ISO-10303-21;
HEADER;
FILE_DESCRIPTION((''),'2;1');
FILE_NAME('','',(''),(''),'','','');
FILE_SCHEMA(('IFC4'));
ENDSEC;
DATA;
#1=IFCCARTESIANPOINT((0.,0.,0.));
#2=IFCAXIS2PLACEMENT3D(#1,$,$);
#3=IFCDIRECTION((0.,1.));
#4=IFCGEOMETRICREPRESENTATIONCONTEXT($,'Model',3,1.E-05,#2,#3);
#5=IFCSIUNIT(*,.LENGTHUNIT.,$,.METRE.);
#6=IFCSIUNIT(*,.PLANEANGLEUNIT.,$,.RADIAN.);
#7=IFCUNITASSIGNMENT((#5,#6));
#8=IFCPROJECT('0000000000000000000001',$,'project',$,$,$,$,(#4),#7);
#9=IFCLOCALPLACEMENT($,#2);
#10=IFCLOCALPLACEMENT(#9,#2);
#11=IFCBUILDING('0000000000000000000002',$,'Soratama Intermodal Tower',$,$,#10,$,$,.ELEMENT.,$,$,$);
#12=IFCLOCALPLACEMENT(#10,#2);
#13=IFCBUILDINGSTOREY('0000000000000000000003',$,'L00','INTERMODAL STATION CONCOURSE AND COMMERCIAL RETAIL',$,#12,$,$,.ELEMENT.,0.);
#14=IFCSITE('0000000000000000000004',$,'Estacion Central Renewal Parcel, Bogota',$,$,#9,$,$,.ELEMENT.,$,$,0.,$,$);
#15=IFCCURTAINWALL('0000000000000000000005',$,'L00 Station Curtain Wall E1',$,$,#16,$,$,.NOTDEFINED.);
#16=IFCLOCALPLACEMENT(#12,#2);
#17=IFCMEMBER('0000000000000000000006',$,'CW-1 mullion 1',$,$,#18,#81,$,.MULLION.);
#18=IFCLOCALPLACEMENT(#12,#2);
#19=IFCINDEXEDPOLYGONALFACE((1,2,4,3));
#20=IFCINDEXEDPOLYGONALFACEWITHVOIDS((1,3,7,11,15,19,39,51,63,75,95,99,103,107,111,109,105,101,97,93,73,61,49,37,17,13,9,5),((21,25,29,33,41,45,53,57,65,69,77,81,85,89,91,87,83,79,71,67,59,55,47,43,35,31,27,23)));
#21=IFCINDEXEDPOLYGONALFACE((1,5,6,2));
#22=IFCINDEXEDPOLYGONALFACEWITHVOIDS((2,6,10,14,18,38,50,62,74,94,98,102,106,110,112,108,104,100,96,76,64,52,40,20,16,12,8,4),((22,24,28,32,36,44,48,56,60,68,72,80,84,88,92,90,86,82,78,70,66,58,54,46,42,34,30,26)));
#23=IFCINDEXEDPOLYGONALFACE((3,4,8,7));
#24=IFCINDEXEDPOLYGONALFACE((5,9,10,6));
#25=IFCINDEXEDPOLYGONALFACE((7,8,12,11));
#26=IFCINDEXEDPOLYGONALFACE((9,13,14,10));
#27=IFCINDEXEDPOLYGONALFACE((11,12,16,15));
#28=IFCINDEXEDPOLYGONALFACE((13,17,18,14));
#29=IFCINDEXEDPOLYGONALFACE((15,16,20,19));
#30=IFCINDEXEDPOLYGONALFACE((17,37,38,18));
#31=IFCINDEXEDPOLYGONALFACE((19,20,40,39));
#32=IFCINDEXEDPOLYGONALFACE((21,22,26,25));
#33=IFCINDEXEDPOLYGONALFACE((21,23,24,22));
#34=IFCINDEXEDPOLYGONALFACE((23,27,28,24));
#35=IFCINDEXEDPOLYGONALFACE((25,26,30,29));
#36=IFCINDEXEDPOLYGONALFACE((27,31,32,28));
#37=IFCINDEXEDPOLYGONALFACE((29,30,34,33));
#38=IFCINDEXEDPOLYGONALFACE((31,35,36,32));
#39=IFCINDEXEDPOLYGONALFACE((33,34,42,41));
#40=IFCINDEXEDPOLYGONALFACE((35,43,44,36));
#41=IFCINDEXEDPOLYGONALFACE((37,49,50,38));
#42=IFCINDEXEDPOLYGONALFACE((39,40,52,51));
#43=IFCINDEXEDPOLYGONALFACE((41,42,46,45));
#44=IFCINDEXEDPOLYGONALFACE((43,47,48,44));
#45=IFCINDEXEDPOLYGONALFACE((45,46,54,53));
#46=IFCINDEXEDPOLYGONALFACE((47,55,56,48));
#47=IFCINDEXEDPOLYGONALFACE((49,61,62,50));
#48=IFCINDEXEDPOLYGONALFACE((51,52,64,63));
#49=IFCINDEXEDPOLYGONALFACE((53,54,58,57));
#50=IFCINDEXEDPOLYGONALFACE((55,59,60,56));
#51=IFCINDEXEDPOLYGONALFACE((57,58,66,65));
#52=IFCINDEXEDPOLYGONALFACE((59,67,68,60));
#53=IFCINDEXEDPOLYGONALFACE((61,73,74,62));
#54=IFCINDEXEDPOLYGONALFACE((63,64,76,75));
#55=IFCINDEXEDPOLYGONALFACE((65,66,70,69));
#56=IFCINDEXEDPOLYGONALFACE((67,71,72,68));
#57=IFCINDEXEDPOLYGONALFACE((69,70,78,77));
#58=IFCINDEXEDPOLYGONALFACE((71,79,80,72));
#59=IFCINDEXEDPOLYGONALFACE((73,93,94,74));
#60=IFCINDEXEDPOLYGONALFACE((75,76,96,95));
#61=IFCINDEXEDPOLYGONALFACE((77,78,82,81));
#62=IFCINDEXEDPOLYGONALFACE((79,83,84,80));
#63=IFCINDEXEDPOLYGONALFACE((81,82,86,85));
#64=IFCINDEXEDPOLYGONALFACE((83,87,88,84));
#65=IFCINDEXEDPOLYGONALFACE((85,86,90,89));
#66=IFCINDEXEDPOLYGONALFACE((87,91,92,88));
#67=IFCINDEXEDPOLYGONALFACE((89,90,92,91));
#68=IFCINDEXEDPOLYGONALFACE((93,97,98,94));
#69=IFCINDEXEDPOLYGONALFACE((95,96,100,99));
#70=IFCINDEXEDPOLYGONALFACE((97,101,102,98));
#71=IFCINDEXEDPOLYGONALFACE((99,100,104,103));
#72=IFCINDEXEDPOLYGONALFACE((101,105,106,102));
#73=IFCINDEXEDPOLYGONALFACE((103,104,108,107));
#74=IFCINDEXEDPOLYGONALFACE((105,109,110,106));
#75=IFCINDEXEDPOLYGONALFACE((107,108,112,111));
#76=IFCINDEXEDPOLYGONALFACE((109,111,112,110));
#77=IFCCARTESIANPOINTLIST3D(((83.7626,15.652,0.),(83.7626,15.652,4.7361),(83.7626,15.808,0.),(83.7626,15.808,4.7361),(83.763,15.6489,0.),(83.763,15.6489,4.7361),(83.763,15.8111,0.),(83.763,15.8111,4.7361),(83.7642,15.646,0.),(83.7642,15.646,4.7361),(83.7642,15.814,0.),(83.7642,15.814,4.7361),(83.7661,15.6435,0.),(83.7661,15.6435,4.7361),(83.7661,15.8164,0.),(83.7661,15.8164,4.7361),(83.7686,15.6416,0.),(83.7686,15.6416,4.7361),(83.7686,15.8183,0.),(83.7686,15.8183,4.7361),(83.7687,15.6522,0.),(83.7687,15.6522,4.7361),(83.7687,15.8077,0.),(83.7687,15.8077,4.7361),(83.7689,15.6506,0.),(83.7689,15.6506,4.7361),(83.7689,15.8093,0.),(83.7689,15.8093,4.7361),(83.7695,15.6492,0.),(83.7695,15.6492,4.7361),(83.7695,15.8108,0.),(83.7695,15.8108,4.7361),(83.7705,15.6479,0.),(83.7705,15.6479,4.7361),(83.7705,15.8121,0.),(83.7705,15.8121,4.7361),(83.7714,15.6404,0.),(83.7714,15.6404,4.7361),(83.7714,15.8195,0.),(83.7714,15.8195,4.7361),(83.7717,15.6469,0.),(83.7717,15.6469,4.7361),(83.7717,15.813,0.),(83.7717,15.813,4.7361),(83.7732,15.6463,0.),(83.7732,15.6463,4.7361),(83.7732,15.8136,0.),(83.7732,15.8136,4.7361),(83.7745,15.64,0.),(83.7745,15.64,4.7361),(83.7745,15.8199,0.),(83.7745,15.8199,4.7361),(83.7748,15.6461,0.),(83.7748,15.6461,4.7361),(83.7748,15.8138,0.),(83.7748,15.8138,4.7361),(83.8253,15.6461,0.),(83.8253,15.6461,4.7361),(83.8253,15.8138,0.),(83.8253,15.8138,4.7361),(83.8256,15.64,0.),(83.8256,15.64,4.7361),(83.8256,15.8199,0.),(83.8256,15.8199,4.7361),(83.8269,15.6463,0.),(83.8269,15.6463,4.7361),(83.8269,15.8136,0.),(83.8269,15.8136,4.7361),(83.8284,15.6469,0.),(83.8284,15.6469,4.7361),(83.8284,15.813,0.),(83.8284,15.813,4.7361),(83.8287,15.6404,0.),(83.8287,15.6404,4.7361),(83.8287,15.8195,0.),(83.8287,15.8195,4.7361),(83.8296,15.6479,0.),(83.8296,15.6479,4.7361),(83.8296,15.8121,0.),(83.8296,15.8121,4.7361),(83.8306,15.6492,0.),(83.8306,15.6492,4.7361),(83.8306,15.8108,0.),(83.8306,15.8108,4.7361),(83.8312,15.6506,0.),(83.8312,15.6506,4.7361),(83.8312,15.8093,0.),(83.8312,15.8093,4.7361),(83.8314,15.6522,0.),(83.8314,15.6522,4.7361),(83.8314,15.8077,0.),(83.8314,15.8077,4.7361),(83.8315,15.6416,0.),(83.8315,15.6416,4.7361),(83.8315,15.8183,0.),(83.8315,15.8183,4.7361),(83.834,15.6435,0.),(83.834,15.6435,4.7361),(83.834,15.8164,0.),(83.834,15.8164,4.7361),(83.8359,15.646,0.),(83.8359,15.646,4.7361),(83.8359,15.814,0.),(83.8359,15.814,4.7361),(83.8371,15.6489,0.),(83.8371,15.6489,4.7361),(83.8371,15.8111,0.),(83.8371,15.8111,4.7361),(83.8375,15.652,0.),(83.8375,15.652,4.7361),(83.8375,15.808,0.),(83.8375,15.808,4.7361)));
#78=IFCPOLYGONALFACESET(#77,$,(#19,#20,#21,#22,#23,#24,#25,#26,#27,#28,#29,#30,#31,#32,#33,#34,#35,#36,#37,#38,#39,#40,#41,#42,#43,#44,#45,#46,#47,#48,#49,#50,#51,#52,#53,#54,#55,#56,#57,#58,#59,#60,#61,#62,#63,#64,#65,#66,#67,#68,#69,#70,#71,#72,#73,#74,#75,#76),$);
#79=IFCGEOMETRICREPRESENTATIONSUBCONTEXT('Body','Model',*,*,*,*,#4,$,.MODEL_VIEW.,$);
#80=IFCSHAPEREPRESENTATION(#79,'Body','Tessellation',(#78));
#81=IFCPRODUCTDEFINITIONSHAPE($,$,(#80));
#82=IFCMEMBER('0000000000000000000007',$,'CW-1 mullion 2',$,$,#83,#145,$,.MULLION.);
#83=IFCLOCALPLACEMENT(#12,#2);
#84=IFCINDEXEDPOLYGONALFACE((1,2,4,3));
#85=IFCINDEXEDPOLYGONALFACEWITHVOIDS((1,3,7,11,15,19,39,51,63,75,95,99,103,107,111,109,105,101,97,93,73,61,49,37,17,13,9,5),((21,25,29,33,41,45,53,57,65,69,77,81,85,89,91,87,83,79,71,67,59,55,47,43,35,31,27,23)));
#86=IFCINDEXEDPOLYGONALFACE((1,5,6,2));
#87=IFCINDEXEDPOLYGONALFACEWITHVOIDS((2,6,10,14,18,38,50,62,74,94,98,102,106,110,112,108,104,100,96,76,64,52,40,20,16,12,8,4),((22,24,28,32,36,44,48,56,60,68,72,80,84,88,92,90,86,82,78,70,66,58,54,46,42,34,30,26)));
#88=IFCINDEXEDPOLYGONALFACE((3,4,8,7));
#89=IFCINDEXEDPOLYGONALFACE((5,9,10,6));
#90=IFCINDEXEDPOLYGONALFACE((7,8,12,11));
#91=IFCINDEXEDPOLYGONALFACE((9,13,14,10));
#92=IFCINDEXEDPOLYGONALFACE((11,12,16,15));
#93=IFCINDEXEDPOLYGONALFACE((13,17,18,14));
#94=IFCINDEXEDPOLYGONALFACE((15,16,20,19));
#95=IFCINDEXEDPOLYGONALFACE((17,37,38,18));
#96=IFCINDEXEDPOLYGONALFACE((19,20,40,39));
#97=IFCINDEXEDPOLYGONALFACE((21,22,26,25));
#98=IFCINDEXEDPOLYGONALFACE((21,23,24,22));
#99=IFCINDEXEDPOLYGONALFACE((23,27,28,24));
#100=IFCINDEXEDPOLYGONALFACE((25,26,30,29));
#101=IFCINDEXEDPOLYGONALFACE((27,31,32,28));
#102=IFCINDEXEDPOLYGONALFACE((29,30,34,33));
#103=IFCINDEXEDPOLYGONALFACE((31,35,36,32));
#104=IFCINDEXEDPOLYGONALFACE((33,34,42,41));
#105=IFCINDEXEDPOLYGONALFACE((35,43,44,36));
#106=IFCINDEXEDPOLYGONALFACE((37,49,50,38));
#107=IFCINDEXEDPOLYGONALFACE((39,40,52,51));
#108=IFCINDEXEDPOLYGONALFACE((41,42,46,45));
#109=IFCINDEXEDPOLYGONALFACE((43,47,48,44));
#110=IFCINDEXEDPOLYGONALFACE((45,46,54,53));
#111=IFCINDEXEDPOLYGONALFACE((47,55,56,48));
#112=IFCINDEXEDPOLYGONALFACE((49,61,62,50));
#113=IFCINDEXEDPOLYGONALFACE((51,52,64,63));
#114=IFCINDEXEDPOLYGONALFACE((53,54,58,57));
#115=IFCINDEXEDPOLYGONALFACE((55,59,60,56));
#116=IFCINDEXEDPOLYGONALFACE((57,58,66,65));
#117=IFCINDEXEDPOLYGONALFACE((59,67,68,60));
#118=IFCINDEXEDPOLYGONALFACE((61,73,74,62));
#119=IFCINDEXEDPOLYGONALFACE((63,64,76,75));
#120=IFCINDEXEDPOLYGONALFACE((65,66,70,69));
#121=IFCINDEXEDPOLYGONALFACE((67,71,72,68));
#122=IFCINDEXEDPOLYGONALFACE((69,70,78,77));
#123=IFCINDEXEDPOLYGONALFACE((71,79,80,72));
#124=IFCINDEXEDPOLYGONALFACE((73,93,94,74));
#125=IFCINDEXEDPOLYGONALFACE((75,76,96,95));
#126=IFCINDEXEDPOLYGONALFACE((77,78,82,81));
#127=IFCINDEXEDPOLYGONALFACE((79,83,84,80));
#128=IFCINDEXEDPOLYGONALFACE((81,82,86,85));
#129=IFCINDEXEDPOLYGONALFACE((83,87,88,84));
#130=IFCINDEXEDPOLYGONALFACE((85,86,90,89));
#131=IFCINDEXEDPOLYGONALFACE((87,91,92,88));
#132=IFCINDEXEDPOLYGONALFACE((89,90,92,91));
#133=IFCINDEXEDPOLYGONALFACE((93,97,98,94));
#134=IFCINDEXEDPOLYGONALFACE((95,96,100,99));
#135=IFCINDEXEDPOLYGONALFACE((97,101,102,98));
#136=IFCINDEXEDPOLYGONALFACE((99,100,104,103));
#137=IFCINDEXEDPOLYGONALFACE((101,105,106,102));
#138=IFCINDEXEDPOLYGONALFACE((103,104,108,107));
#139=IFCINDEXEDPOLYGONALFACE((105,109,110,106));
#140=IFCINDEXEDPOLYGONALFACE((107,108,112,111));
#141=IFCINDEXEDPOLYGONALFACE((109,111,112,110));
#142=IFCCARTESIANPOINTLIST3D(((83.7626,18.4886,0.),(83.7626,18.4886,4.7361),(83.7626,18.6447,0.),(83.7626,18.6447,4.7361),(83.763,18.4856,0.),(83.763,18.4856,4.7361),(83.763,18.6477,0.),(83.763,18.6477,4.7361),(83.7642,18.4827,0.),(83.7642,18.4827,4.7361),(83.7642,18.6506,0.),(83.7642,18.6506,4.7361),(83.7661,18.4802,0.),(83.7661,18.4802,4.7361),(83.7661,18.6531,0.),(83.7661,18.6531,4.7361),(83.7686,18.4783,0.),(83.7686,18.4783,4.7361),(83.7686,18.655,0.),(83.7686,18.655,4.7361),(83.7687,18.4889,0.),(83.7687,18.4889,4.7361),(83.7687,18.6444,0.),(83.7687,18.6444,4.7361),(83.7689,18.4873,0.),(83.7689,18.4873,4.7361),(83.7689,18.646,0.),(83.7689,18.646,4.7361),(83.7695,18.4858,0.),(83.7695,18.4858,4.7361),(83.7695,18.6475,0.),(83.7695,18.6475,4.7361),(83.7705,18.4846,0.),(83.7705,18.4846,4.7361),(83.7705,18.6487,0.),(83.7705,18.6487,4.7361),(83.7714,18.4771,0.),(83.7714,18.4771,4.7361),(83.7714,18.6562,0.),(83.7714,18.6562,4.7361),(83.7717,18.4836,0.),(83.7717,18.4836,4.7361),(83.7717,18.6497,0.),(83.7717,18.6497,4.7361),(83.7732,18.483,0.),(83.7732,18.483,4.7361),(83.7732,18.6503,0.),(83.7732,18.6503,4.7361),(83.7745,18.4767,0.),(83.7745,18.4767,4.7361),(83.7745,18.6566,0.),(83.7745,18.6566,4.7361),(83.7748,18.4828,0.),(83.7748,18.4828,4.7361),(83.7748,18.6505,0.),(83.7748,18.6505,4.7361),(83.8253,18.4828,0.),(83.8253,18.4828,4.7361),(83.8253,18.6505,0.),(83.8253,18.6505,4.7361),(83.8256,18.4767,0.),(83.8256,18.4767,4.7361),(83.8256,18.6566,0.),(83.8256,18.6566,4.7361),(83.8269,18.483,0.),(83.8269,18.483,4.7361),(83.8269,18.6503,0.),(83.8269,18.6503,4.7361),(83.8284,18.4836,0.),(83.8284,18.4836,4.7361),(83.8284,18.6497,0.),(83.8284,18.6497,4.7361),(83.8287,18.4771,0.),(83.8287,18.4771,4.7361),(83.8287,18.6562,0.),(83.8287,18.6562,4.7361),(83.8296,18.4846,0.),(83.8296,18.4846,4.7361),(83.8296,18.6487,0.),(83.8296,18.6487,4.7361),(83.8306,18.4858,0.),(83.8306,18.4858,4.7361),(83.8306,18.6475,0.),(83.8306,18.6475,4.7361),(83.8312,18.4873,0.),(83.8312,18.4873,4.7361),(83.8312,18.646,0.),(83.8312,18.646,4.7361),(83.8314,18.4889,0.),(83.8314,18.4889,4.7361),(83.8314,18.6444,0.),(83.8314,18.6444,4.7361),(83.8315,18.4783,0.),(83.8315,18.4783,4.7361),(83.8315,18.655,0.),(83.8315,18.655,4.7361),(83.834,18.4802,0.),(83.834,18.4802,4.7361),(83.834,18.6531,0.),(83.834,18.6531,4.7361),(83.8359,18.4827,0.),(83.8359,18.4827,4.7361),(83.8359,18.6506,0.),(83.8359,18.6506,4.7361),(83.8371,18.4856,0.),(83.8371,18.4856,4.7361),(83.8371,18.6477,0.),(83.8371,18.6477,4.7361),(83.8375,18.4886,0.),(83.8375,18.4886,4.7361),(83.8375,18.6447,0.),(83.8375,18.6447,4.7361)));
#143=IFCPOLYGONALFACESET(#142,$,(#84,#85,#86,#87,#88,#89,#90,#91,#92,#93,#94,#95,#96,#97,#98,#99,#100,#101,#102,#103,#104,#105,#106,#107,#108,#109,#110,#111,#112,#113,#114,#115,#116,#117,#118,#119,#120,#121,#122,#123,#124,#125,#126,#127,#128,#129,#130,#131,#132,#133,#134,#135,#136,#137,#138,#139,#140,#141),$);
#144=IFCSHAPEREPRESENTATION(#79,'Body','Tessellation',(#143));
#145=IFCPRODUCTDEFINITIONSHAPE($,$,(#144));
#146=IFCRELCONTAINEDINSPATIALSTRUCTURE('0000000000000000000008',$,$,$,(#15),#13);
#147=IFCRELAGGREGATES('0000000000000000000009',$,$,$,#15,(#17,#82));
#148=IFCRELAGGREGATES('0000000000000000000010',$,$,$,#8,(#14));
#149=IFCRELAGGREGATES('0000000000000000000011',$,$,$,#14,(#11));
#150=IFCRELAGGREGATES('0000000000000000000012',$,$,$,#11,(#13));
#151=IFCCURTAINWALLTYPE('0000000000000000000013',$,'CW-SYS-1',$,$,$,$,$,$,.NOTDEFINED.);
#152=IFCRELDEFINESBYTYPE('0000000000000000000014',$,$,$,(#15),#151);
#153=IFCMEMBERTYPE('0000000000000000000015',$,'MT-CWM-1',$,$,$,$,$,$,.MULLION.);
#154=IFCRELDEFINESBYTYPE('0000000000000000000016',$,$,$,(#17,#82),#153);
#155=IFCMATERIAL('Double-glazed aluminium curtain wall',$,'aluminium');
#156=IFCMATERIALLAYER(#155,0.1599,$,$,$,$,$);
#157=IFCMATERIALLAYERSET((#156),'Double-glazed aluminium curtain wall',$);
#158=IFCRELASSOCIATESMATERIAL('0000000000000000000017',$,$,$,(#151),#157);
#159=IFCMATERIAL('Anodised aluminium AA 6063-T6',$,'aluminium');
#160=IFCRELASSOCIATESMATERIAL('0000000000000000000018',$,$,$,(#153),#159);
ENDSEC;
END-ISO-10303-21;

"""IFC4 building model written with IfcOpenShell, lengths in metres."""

from ifc_helpers import new_model, si_unit, direction, frame, origin, origin_2d, place, context, subcontext, project, spatial, hollow_rectangle, extrude, material, layer, layer_set, material_profile, profile_set, type_object, element, aggregate, save


model = new_model("IFC4")

# Units and contexts
model_context = context("Model", 3, precision=1e-05, world=origin(), true_north=direction((0.0, 1.0)))
body_context = subcontext(model_context, "Body", "Model", "MODEL_VIEW")
ifc_project = project(units=[si_unit("LENGTHUNIT", "METRE"), si_unit("PLANEANGLEUNIT", "RADIAN")], contexts=[model_context])

# Site, building, storey
site_placement = place(None, origin())
site = spatial("IfcSite", under=ifc_project, at=site_placement, Name="Estacion Central Renewal Parcel, Bogota", CompositionType="ELEMENT", RefElevation=0.0)
building_placement = place(site_placement, origin())
building = spatial("IfcBuilding", under=site, at=building_placement, Name="Soratama Intermodal Tower", CompositionType="ELEMENT")
storey_placement = place(building_placement, origin())
storey = spatial("IfcBuildingStorey", under=building, at=storey_placement, Name="L00", Description="INTERMODAL STATION CONCOURSE AND COMMERCIAL RETAIL", CompositionType="ELEMENT", Elevation=0.0)

# Curtain wall, members
ifc_material_1 = material(Name="Double-glazed aluminium curtain wall", Category="aluminium")
ifc_layer_1 = layer(ifc_material_1, 0.1599)
ifc_layer_set_1 = layer_set([ifc_layer_1], Name="Double-glazed aluminium curtain wall")
curtain_wall_type = type_object("IfcCurtainWallType", Name="CW-SYS-1", PredefinedType="NOTDEFINED", material=ifc_layer_set_1)
curtain_wall_1_placement = place(storey_placement, origin())
curtain_wall_1 = element("IfcCurtainWall", 1, at=curtain_wall_1_placement, inside=storey, type_object=curtain_wall_type, Name="L00 Station Curtain Wall E1", PredefinedType="NOTDEFINED")
ifc_material_2 = material(Name="Anodised aluminium AA 6063-T6", Category="aluminium")
ifc_material_profile_1 = material_profile(ifc_material_2, hollow_rectangle(XDim=0.075, YDim=0.1799, WallThickness=0.0061, InnerFilletRadius=0.0061, OuterFilletRadius=0.012, at=origin_2d()), Name="CWM180X75X6")
ifc_profile_set_1 = profile_set([ifc_material_profile_1], Name="Anodised aluminium AA 6063-T6")
member_type_1 = type_object("IfcMemberType", Name="MT-CWM-1", PredefinedType="MULLION", material=ifc_profile_set_1)
member_1_placement = place(storey_placement, frame((83.8, 15.73, 0.0), z_axis=(0.0, 0.0, 1.0), x_axis=(-1.0, 0.0, 0.0)))
member_1 = element("IfcMember", 2, at=member_1_placement, type_object=member_type_1, Name="CW-1 mullion 1", PredefinedType="MULLION", context=body_context, shape_type="SweptSolid", body=[
    extrude(hollow_rectangle(XDim=0.075, YDim=0.1799, WallThickness=0.0061, InnerFilletRadius=0.0061, OuterFilletRadius=0.012, at=origin_2d()), origin(), (0.0, 0.0, 1.0), 4.7361),
])
member_2_placement = place(storey_placement, frame((83.8, 18.5667, 0.0), z_axis=(0.0, 0.0, 1.0), x_axis=(-1.0, 0.0, 0.0)))
member_2 = element("IfcMember", 3, at=member_2_placement, type_object=member_type_1, Name="CW-1 mullion 2", PredefinedType="MULLION", context=body_context, shape_type="SweptSolid", body=[
    extrude(hollow_rectangle(XDim=0.075, YDim=0.1799, WallThickness=0.0061, InnerFilletRadius=0.0061, OuterFilletRadius=0.012, at=origin_2d()), origin(), (0.0, 0.0, 1.0), 4.7361),
])

aggregate(curtain_wall_1, [member_1, member_2])

save(model, "model.ifc")
